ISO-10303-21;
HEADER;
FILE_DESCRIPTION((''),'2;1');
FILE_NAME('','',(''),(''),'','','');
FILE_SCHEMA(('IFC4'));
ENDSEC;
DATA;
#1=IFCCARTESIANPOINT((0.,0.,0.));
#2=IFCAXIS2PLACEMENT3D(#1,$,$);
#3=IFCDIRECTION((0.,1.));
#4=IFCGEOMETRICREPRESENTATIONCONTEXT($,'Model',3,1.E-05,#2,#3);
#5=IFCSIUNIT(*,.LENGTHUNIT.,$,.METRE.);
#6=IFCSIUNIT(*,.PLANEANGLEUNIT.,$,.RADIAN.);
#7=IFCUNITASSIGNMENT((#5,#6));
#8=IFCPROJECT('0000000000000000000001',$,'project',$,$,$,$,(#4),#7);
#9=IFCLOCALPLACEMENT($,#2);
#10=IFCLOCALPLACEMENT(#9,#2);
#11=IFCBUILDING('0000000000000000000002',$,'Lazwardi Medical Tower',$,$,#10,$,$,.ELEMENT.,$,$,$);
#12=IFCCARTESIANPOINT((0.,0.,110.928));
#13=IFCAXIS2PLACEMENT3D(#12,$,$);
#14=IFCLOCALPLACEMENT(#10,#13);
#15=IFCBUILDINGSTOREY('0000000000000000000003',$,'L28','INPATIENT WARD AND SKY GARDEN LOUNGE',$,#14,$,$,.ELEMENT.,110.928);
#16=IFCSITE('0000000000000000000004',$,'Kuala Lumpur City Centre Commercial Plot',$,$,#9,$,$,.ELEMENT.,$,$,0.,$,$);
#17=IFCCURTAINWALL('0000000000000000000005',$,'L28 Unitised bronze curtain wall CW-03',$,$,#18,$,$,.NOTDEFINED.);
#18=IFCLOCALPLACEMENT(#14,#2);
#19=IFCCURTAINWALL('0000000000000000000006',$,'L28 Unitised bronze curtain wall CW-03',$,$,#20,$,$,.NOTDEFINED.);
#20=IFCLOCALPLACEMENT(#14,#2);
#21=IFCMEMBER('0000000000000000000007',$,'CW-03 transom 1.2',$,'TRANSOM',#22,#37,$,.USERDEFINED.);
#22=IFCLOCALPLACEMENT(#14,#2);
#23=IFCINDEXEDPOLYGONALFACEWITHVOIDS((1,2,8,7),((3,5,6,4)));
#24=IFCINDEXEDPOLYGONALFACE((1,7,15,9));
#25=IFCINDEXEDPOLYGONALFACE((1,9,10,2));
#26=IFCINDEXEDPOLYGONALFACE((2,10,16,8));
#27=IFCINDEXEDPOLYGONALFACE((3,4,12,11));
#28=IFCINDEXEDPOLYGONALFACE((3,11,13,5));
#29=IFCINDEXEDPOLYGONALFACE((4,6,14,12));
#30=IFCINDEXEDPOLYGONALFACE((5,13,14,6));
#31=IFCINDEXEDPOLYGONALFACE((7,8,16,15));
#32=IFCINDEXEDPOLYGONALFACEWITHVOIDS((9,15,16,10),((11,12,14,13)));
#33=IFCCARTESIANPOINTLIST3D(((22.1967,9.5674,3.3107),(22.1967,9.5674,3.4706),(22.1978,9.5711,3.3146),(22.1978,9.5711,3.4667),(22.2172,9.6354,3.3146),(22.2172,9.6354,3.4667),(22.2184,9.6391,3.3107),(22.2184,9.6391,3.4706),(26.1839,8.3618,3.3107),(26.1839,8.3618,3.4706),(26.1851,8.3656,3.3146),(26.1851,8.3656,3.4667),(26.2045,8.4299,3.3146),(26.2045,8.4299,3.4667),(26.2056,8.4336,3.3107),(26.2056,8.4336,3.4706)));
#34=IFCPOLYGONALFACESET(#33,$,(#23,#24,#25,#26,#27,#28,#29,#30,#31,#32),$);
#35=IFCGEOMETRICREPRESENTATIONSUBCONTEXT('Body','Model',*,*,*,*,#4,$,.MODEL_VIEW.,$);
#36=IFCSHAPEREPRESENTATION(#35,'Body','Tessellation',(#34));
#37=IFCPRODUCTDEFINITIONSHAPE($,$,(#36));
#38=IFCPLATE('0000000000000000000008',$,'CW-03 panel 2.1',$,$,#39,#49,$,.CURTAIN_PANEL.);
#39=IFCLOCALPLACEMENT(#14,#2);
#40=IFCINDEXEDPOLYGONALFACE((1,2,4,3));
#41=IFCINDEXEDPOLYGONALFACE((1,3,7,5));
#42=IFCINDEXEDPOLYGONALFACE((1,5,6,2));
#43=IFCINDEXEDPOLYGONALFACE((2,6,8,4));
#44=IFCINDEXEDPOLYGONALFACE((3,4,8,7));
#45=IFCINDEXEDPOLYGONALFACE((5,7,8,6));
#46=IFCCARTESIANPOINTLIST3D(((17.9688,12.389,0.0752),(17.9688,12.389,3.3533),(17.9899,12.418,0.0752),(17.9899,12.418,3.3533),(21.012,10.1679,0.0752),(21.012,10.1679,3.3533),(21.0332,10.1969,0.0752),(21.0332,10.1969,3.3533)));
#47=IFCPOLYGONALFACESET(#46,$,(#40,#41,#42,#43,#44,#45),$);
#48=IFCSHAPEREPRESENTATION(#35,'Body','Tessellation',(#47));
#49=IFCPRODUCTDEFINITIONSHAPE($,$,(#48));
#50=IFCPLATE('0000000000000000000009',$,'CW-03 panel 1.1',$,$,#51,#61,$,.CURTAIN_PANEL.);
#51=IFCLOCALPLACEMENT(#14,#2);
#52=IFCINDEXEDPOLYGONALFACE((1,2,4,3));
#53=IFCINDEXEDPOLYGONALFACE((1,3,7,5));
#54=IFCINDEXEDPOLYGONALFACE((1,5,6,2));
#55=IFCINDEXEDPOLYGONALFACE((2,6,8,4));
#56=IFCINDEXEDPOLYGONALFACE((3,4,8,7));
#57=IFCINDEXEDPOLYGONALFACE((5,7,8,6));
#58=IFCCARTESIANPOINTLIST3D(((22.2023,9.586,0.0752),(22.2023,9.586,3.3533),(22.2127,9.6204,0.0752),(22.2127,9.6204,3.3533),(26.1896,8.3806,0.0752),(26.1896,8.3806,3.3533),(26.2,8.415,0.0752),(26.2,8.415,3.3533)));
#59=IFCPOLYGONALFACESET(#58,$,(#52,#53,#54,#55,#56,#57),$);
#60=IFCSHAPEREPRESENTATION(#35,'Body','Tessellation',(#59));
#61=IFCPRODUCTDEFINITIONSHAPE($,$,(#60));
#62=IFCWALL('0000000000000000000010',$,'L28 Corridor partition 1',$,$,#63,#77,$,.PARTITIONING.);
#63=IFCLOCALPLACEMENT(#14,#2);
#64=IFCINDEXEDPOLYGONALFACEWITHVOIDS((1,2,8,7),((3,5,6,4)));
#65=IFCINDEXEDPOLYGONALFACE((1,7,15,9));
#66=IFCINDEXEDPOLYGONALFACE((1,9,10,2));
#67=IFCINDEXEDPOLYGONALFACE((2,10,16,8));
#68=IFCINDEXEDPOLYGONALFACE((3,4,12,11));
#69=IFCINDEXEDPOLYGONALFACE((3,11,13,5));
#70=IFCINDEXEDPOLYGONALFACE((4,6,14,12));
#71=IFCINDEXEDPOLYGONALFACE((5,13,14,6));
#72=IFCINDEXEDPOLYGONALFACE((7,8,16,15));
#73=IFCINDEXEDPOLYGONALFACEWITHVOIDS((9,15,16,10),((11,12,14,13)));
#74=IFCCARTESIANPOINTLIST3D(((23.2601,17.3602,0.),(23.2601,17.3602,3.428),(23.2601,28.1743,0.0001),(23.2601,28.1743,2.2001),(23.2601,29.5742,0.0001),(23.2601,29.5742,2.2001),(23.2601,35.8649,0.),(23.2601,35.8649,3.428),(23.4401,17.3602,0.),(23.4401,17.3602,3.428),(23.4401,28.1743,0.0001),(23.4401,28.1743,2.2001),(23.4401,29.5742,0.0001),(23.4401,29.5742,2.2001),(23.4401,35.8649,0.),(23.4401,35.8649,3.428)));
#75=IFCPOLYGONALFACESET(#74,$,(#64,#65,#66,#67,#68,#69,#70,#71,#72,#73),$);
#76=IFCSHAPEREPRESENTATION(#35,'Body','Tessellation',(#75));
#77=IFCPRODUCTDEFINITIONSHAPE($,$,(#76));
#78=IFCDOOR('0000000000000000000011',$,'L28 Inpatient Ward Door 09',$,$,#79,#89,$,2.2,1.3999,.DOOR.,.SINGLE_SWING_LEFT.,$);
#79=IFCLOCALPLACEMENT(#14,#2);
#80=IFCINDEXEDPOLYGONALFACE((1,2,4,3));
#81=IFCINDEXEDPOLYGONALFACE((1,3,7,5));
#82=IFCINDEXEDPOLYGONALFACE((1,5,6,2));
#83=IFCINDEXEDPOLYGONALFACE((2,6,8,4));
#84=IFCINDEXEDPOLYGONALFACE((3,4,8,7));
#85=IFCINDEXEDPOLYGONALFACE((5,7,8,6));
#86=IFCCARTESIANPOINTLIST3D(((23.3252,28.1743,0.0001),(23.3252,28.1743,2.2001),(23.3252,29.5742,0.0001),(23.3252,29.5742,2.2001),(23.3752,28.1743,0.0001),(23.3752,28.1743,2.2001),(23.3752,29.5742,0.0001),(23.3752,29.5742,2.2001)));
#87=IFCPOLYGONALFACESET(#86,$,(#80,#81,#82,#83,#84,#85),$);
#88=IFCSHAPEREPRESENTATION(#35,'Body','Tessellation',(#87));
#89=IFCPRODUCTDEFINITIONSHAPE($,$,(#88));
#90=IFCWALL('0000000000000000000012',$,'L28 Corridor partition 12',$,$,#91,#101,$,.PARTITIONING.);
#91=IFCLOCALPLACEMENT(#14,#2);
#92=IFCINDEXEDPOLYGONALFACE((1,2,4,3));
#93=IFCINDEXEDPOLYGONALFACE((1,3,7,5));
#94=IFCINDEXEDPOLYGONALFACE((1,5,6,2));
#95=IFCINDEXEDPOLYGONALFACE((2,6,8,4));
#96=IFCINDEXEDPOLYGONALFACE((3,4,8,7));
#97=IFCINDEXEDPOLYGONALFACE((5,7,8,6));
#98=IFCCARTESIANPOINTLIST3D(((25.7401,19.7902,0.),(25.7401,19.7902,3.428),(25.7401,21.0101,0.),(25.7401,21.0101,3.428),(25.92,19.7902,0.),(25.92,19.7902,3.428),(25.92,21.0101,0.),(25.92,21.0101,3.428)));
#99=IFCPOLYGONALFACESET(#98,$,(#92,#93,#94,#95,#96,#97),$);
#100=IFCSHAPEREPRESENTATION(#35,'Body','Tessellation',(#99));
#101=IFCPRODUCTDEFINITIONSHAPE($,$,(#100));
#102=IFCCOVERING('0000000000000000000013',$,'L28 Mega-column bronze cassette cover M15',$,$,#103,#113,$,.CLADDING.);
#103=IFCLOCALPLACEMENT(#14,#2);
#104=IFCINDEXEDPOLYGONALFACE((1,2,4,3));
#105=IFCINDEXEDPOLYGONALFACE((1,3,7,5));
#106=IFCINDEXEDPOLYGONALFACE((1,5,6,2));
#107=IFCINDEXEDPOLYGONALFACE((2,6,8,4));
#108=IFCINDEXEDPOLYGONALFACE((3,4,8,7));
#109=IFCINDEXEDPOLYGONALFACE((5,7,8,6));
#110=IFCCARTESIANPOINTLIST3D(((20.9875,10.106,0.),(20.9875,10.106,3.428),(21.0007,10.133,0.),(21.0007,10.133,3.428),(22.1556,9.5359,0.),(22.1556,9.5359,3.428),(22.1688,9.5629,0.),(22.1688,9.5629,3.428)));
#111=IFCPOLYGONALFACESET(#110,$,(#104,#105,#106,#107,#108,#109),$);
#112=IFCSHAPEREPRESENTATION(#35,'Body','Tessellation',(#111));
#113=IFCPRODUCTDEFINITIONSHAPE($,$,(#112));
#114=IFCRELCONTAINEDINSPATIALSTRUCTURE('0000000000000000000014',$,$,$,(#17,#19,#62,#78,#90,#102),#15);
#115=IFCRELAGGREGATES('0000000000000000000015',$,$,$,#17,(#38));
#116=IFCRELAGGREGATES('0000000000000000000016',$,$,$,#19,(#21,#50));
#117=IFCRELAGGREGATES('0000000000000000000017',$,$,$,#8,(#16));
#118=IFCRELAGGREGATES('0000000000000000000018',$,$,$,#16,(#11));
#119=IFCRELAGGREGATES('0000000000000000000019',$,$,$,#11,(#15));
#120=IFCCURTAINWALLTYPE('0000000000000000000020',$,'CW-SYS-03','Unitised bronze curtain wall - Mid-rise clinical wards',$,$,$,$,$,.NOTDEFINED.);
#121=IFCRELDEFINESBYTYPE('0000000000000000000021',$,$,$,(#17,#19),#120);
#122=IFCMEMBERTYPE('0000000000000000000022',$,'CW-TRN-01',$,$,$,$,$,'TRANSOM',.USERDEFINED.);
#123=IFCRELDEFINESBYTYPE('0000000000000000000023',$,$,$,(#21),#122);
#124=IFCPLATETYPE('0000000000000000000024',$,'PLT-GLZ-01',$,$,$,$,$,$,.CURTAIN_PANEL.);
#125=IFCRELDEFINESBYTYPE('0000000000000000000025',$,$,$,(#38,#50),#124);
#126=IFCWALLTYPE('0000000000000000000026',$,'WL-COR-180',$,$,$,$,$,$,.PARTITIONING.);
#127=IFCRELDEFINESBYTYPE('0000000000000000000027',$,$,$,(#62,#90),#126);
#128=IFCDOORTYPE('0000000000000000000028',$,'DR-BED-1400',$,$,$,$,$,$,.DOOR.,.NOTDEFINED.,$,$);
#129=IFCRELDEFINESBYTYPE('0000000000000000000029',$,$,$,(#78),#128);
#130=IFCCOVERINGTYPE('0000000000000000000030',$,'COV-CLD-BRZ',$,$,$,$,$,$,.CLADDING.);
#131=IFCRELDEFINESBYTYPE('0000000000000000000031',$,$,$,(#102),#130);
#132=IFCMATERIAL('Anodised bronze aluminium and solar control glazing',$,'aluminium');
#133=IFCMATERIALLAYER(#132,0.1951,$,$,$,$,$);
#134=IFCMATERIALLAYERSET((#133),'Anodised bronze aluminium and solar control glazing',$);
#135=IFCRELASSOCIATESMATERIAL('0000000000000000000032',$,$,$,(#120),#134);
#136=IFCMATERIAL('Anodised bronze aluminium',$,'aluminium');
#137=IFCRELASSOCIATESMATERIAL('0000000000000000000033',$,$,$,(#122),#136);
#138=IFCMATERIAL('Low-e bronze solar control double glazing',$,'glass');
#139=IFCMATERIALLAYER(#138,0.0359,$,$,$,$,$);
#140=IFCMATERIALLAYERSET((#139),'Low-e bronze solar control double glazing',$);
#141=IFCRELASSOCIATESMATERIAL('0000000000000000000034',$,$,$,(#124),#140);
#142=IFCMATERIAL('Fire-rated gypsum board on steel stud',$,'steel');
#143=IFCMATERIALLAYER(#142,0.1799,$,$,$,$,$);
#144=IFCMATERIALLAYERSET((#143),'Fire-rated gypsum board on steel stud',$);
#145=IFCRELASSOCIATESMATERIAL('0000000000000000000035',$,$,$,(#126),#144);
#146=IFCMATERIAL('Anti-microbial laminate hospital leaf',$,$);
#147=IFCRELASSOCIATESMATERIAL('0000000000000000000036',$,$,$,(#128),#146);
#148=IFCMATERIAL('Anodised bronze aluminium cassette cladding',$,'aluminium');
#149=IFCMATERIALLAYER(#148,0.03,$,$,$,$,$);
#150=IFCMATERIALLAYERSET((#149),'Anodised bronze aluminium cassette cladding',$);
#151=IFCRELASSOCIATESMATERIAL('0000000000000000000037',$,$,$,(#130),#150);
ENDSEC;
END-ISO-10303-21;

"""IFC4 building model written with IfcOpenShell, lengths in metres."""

from ifc_helpers import new_model, si_unit, direction, frame, frame_2d, origin, origin_2d, place, context, subcontext, project, spatial, rectangle, hollow_rectangle, extrude, material, layer, layer_set, material_profile, profile_set, type_object, element, fill, aggregate, save


model = new_model("IFC4")

# Units and contexts
model_context = context("Model", 3, precision=1e-05, world=origin(), true_north=direction((0.0, 1.0)))
body_context = subcontext(model_context, "Body", "Model", "MODEL_VIEW")
ifc_project = project(units=[si_unit("LENGTHUNIT", "METRE"), si_unit("PLANEANGLEUNIT", "RADIAN")], contexts=[model_context])

# Site, building, storey
site_placement = place(None, origin())
site = spatial("IfcSite", under=ifc_project, at=site_placement, Name="Kuala Lumpur City Centre Commercial Plot", CompositionType="ELEMENT", RefElevation=0.0)
building_placement = place(site_placement, origin())
building = spatial("IfcBuilding", under=site, at=building_placement, Name="Lazwardi Medical Tower", CompositionType="ELEMENT")
storey_placement = place(building_placement, frame((0.0, 0.0, 110.928)))
storey = spatial("IfcBuildingStorey", under=building, at=storey_placement, Name="L28", Description="INPATIENT WARD AND SKY GARDEN LOUNGE", CompositionType="ELEMENT", Elevation=110.928)

# Curtain wall
ifc_material_1 = material(Name="Anodised bronze aluminium and solar control glazing", Category="aluminium")
ifc_layer_1 = layer(ifc_material_1, 0.1951)
ifc_layer_set_1 = layer_set([ifc_layer_1], Name="Anodised bronze aluminium and solar control glazing")
curtain_wall_type = type_object("IfcCurtainWallType", Name="CW-SYS-03", Description="Unitised bronze curtain wall - Mid-rise clinical wards", PredefinedType="NOTDEFINED", material=ifc_layer_set_1)
curtain_wall_1_placement = place(storey_placement, origin())
curtain_wall_1 = element("IfcCurtainWall", 1, at=curtain_wall_1_placement, inside=storey, type_object=curtain_wall_type, Name="L28 Unitised bronze curtain wall CW-03", PredefinedType="NOTDEFINED")
ifc_material_2 = material(Name="Anodised bronze aluminium", Category="aluminium")

# Curtain wall
curtain_wall_2_placement = place(storey_placement, origin())
curtain_wall_2 = element("IfcCurtainWall", 2, at=curtain_wall_2_placement, inside=storey, type_object=curtain_wall_type, Name="L28 Unitised bronze curtain wall CW-03", PredefinedType="NOTDEFINED")

# Member
ifc_material_profile_1 = material_profile(ifc_material_2, hollow_rectangle(XDim=0.075, YDim=0.1599, WallThickness=0.0039, at=origin_2d()), Name="ALU-TRANSOM 160x75x4")
ifc_profile_set_1 = profile_set([ifc_material_profile_1], Name="Anodised bronze aluminium")
member_type_1 = type_object("IfcMemberType", Name="CW-TRN-01", ElementType="TRANSOM", PredefinedType="USERDEFINED", material=ifc_profile_set_1)
member_1_placement = place(storey_placement, frame((22.2075, 9.6033, 3.3906), z_axis=(0.957205, -0.289412, 0.0), x_axis=(0.289412, 0.957205, 0.0)))
member_1 = element("IfcMember", 3, at=member_1_placement, type_object=member_type_1, Name="CW-03 transom 1.2", ObjectType="TRANSOM", PredefinedType="USERDEFINED", context=body_context, shape_type="SweptSolid", body=[
    extrude(hollow_rectangle(XDim=0.075, YDim=0.1599, WallThickness=0.0039, at=origin_2d()), origin(), (0.0, 0.0, 1.0), 4.1655),
])

# Plates
ifc_material_3 = material(Name="Low-e bronze solar control double glazing", Category="glass")
ifc_layer_2 = layer(ifc_material_3, 0.0359)
ifc_layer_set_2 = layer_set([ifc_layer_2], Name="Low-e bronze solar control double glazing")
plate_type = type_object("IfcPlateType", Name="PLT-GLZ-01", PredefinedType="CURTAIN_PANEL", material=ifc_layer_set_2)
plate_1_placement = place(storey_placement, frame((19.501, 11.293, 0.0752), z_axis=(0.0, 0.0, 1.0), x_axis=(0.807746, -0.589531, 0.0)))
plate_1 = element("IfcPlate", 4, at=plate_1_placement, type_object=plate_type, Name="CW-03 panel 2.1", PredefinedType="CURTAIN_PANEL", context=body_context, shape_type="SweptSolid", body=[
    extrude(rectangle(XDim=3.7676, YDim=0.0359, at=origin_2d()), origin(), (0.0, 0.0, 1.0), 3.2781),
])
aggregate(curtain_wall_1, [plate_1])
plate_2_placement = place(storey_placement, frame((24.2012, 9.0005, 0.0752), z_axis=(0.0, 0.0, 1.0), x_axis=(0.957216, -0.289374, 0.0)))
plate_2 = element("IfcPlate", 5, at=plate_2_placement, type_object=plate_type, Name="CW-03 panel 1.1", PredefinedType="CURTAIN_PANEL", context=body_context, shape_type="SweptSolid", body=[
    extrude(rectangle(XDim=4.1655, YDim=0.0359, at=origin_2d()), origin(), (0.0, 0.0, 1.0), 3.2781),
])
aggregate(curtain_wall_2, [member_1, plate_2])

# Wall, opening, door
ifc_material_4 = material(Name="Fire-rated gypsum board on steel stud", Category="steel")
ifc_layer_3 = layer(ifc_material_4, 0.1799)
ifc_layer_set_3 = layer_set([ifc_layer_3], Name="Fire-rated gypsum board on steel stud")
wall_type = type_object("IfcWallType", Name="WL-COR-180", PredefinedType="PARTITIONING", material=ifc_layer_set_3)
wall_1_placement = place(storey_placement, frame((23.3501, 17.3601, 0.0), z_axis=(0.0, 0.0, 1.0), x_axis=(0.0, 1.0, 0.0)))
wall_1 = element("IfcWall", 6, at=wall_1_placement, inside=storey, type_object=wall_type, Name="L28 Corridor partition 1", PredefinedType="PARTITIONING", context=body_context, shape_type="SweptSolid", body=[
    extrude(rectangle(XDim=18.5046, YDim=0.1799, at=frame_2d((9.2524, 0.0))), origin(), (0.0, 0.0, 1.0), 3.428),
])
opening_placement = place(wall_1_placement, frame((10.8142, 0.0, 0.0)))
opening = element("IfcOpeningElement", 7, at=opening_placement, cuts=wall_1, PredefinedType="OPENING", context=body_context, shape_type="SweptSolid", body=[
    extrude(rectangle(XDim=1.3999, YDim=2.2, at=frame_2d((0.7, 1.1001))), frame((0.0, 0.0999, 0.0), z_axis=(0.0, -1.0, 0.0), x_axis=(1.0, 0.0, 0.0)), (0.0, 0.0, 1.0), 0.2),
])
ifc_material_5 = material(Name="Anti-microbial laminate hospital leaf")
door_type = type_object("IfcDoorType", Name="DR-BED-1400", OperationType="NOTDEFINED", PredefinedType="DOOR", material=ifc_material_5)
door_placement = place(opening_placement, origin())
door = element("IfcDoor", 8, at=door_placement, inside=storey, type_object=door_type, Name="L28 Inpatient Ward Door 09", OperationType="SINGLE_SWING_LEFT", OverallHeight=2.2, OverallWidth=1.3999, PredefinedType="DOOR", context=body_context, shape_type="SweptSolid", body=[
    extrude(rectangle(XDim=1.3999, YDim=2.2, at=frame_2d((0.7, 1.1001))), frame((0.0, 0.0249, 0.0), z_axis=(0.0, -1.0, 0.0), x_axis=(1.0, 0.0, 0.0)), (0.0, 0.0, 1.0), 0.05),
])
fill(opening, door)

# Wall
wall_2_placement = place(storey_placement, frame((25.8301, 21.01, 0.0), z_axis=(0.0, 0.0, 1.0), x_axis=(0.0, -1.0, 0.0)))
element("IfcWall", 9, at=wall_2_placement, inside=storey, type_object=wall_type, Name="L28 Corridor partition 12", PredefinedType="PARTITIONING", context=body_context, shape_type="SweptSolid", body=[
    extrude(rectangle(XDim=1.22, YDim=0.1799, at=frame_2d((0.6099, 0.0))), origin(), (0.0, 0.0, 1.0), 3.428),
])

# Covering
ifc_material_6 = material(Name="Anodised bronze aluminium cassette cladding", Category="aluminium")
ifc_layer_4 = layer(ifc_material_6, 0.03)
ifc_layer_set_4 = layer_set([ifc_layer_4], Name="Anodised bronze aluminium cassette cladding")
covering_type = type_object("IfcCoveringType", Name="COV-CLD-BRZ", PredefinedType="CLADDING", material=ifc_layer_set_4)
covering_placement = place(storey_placement, frame((21.5781, 9.8345, 0.0), z_axis=(0.0, 0.0, 1.0), x_axis=(0.898679, -0.438606, 0.0)))
element("IfcCovering", 10, at=covering_placement, inside=storey, type_object=covering_type, Name="L28 Mega-column bronze cassette cover M15", PredefinedType="CLADDING", context=body_context, shape_type="SweptSolid", body=[
    extrude(rectangle(XDim=1.2998, YDim=0.03, at=origin_2d()), origin(), (0.0, 0.0, 1.0), 3.428),
])

save(model, "model.ifc")
